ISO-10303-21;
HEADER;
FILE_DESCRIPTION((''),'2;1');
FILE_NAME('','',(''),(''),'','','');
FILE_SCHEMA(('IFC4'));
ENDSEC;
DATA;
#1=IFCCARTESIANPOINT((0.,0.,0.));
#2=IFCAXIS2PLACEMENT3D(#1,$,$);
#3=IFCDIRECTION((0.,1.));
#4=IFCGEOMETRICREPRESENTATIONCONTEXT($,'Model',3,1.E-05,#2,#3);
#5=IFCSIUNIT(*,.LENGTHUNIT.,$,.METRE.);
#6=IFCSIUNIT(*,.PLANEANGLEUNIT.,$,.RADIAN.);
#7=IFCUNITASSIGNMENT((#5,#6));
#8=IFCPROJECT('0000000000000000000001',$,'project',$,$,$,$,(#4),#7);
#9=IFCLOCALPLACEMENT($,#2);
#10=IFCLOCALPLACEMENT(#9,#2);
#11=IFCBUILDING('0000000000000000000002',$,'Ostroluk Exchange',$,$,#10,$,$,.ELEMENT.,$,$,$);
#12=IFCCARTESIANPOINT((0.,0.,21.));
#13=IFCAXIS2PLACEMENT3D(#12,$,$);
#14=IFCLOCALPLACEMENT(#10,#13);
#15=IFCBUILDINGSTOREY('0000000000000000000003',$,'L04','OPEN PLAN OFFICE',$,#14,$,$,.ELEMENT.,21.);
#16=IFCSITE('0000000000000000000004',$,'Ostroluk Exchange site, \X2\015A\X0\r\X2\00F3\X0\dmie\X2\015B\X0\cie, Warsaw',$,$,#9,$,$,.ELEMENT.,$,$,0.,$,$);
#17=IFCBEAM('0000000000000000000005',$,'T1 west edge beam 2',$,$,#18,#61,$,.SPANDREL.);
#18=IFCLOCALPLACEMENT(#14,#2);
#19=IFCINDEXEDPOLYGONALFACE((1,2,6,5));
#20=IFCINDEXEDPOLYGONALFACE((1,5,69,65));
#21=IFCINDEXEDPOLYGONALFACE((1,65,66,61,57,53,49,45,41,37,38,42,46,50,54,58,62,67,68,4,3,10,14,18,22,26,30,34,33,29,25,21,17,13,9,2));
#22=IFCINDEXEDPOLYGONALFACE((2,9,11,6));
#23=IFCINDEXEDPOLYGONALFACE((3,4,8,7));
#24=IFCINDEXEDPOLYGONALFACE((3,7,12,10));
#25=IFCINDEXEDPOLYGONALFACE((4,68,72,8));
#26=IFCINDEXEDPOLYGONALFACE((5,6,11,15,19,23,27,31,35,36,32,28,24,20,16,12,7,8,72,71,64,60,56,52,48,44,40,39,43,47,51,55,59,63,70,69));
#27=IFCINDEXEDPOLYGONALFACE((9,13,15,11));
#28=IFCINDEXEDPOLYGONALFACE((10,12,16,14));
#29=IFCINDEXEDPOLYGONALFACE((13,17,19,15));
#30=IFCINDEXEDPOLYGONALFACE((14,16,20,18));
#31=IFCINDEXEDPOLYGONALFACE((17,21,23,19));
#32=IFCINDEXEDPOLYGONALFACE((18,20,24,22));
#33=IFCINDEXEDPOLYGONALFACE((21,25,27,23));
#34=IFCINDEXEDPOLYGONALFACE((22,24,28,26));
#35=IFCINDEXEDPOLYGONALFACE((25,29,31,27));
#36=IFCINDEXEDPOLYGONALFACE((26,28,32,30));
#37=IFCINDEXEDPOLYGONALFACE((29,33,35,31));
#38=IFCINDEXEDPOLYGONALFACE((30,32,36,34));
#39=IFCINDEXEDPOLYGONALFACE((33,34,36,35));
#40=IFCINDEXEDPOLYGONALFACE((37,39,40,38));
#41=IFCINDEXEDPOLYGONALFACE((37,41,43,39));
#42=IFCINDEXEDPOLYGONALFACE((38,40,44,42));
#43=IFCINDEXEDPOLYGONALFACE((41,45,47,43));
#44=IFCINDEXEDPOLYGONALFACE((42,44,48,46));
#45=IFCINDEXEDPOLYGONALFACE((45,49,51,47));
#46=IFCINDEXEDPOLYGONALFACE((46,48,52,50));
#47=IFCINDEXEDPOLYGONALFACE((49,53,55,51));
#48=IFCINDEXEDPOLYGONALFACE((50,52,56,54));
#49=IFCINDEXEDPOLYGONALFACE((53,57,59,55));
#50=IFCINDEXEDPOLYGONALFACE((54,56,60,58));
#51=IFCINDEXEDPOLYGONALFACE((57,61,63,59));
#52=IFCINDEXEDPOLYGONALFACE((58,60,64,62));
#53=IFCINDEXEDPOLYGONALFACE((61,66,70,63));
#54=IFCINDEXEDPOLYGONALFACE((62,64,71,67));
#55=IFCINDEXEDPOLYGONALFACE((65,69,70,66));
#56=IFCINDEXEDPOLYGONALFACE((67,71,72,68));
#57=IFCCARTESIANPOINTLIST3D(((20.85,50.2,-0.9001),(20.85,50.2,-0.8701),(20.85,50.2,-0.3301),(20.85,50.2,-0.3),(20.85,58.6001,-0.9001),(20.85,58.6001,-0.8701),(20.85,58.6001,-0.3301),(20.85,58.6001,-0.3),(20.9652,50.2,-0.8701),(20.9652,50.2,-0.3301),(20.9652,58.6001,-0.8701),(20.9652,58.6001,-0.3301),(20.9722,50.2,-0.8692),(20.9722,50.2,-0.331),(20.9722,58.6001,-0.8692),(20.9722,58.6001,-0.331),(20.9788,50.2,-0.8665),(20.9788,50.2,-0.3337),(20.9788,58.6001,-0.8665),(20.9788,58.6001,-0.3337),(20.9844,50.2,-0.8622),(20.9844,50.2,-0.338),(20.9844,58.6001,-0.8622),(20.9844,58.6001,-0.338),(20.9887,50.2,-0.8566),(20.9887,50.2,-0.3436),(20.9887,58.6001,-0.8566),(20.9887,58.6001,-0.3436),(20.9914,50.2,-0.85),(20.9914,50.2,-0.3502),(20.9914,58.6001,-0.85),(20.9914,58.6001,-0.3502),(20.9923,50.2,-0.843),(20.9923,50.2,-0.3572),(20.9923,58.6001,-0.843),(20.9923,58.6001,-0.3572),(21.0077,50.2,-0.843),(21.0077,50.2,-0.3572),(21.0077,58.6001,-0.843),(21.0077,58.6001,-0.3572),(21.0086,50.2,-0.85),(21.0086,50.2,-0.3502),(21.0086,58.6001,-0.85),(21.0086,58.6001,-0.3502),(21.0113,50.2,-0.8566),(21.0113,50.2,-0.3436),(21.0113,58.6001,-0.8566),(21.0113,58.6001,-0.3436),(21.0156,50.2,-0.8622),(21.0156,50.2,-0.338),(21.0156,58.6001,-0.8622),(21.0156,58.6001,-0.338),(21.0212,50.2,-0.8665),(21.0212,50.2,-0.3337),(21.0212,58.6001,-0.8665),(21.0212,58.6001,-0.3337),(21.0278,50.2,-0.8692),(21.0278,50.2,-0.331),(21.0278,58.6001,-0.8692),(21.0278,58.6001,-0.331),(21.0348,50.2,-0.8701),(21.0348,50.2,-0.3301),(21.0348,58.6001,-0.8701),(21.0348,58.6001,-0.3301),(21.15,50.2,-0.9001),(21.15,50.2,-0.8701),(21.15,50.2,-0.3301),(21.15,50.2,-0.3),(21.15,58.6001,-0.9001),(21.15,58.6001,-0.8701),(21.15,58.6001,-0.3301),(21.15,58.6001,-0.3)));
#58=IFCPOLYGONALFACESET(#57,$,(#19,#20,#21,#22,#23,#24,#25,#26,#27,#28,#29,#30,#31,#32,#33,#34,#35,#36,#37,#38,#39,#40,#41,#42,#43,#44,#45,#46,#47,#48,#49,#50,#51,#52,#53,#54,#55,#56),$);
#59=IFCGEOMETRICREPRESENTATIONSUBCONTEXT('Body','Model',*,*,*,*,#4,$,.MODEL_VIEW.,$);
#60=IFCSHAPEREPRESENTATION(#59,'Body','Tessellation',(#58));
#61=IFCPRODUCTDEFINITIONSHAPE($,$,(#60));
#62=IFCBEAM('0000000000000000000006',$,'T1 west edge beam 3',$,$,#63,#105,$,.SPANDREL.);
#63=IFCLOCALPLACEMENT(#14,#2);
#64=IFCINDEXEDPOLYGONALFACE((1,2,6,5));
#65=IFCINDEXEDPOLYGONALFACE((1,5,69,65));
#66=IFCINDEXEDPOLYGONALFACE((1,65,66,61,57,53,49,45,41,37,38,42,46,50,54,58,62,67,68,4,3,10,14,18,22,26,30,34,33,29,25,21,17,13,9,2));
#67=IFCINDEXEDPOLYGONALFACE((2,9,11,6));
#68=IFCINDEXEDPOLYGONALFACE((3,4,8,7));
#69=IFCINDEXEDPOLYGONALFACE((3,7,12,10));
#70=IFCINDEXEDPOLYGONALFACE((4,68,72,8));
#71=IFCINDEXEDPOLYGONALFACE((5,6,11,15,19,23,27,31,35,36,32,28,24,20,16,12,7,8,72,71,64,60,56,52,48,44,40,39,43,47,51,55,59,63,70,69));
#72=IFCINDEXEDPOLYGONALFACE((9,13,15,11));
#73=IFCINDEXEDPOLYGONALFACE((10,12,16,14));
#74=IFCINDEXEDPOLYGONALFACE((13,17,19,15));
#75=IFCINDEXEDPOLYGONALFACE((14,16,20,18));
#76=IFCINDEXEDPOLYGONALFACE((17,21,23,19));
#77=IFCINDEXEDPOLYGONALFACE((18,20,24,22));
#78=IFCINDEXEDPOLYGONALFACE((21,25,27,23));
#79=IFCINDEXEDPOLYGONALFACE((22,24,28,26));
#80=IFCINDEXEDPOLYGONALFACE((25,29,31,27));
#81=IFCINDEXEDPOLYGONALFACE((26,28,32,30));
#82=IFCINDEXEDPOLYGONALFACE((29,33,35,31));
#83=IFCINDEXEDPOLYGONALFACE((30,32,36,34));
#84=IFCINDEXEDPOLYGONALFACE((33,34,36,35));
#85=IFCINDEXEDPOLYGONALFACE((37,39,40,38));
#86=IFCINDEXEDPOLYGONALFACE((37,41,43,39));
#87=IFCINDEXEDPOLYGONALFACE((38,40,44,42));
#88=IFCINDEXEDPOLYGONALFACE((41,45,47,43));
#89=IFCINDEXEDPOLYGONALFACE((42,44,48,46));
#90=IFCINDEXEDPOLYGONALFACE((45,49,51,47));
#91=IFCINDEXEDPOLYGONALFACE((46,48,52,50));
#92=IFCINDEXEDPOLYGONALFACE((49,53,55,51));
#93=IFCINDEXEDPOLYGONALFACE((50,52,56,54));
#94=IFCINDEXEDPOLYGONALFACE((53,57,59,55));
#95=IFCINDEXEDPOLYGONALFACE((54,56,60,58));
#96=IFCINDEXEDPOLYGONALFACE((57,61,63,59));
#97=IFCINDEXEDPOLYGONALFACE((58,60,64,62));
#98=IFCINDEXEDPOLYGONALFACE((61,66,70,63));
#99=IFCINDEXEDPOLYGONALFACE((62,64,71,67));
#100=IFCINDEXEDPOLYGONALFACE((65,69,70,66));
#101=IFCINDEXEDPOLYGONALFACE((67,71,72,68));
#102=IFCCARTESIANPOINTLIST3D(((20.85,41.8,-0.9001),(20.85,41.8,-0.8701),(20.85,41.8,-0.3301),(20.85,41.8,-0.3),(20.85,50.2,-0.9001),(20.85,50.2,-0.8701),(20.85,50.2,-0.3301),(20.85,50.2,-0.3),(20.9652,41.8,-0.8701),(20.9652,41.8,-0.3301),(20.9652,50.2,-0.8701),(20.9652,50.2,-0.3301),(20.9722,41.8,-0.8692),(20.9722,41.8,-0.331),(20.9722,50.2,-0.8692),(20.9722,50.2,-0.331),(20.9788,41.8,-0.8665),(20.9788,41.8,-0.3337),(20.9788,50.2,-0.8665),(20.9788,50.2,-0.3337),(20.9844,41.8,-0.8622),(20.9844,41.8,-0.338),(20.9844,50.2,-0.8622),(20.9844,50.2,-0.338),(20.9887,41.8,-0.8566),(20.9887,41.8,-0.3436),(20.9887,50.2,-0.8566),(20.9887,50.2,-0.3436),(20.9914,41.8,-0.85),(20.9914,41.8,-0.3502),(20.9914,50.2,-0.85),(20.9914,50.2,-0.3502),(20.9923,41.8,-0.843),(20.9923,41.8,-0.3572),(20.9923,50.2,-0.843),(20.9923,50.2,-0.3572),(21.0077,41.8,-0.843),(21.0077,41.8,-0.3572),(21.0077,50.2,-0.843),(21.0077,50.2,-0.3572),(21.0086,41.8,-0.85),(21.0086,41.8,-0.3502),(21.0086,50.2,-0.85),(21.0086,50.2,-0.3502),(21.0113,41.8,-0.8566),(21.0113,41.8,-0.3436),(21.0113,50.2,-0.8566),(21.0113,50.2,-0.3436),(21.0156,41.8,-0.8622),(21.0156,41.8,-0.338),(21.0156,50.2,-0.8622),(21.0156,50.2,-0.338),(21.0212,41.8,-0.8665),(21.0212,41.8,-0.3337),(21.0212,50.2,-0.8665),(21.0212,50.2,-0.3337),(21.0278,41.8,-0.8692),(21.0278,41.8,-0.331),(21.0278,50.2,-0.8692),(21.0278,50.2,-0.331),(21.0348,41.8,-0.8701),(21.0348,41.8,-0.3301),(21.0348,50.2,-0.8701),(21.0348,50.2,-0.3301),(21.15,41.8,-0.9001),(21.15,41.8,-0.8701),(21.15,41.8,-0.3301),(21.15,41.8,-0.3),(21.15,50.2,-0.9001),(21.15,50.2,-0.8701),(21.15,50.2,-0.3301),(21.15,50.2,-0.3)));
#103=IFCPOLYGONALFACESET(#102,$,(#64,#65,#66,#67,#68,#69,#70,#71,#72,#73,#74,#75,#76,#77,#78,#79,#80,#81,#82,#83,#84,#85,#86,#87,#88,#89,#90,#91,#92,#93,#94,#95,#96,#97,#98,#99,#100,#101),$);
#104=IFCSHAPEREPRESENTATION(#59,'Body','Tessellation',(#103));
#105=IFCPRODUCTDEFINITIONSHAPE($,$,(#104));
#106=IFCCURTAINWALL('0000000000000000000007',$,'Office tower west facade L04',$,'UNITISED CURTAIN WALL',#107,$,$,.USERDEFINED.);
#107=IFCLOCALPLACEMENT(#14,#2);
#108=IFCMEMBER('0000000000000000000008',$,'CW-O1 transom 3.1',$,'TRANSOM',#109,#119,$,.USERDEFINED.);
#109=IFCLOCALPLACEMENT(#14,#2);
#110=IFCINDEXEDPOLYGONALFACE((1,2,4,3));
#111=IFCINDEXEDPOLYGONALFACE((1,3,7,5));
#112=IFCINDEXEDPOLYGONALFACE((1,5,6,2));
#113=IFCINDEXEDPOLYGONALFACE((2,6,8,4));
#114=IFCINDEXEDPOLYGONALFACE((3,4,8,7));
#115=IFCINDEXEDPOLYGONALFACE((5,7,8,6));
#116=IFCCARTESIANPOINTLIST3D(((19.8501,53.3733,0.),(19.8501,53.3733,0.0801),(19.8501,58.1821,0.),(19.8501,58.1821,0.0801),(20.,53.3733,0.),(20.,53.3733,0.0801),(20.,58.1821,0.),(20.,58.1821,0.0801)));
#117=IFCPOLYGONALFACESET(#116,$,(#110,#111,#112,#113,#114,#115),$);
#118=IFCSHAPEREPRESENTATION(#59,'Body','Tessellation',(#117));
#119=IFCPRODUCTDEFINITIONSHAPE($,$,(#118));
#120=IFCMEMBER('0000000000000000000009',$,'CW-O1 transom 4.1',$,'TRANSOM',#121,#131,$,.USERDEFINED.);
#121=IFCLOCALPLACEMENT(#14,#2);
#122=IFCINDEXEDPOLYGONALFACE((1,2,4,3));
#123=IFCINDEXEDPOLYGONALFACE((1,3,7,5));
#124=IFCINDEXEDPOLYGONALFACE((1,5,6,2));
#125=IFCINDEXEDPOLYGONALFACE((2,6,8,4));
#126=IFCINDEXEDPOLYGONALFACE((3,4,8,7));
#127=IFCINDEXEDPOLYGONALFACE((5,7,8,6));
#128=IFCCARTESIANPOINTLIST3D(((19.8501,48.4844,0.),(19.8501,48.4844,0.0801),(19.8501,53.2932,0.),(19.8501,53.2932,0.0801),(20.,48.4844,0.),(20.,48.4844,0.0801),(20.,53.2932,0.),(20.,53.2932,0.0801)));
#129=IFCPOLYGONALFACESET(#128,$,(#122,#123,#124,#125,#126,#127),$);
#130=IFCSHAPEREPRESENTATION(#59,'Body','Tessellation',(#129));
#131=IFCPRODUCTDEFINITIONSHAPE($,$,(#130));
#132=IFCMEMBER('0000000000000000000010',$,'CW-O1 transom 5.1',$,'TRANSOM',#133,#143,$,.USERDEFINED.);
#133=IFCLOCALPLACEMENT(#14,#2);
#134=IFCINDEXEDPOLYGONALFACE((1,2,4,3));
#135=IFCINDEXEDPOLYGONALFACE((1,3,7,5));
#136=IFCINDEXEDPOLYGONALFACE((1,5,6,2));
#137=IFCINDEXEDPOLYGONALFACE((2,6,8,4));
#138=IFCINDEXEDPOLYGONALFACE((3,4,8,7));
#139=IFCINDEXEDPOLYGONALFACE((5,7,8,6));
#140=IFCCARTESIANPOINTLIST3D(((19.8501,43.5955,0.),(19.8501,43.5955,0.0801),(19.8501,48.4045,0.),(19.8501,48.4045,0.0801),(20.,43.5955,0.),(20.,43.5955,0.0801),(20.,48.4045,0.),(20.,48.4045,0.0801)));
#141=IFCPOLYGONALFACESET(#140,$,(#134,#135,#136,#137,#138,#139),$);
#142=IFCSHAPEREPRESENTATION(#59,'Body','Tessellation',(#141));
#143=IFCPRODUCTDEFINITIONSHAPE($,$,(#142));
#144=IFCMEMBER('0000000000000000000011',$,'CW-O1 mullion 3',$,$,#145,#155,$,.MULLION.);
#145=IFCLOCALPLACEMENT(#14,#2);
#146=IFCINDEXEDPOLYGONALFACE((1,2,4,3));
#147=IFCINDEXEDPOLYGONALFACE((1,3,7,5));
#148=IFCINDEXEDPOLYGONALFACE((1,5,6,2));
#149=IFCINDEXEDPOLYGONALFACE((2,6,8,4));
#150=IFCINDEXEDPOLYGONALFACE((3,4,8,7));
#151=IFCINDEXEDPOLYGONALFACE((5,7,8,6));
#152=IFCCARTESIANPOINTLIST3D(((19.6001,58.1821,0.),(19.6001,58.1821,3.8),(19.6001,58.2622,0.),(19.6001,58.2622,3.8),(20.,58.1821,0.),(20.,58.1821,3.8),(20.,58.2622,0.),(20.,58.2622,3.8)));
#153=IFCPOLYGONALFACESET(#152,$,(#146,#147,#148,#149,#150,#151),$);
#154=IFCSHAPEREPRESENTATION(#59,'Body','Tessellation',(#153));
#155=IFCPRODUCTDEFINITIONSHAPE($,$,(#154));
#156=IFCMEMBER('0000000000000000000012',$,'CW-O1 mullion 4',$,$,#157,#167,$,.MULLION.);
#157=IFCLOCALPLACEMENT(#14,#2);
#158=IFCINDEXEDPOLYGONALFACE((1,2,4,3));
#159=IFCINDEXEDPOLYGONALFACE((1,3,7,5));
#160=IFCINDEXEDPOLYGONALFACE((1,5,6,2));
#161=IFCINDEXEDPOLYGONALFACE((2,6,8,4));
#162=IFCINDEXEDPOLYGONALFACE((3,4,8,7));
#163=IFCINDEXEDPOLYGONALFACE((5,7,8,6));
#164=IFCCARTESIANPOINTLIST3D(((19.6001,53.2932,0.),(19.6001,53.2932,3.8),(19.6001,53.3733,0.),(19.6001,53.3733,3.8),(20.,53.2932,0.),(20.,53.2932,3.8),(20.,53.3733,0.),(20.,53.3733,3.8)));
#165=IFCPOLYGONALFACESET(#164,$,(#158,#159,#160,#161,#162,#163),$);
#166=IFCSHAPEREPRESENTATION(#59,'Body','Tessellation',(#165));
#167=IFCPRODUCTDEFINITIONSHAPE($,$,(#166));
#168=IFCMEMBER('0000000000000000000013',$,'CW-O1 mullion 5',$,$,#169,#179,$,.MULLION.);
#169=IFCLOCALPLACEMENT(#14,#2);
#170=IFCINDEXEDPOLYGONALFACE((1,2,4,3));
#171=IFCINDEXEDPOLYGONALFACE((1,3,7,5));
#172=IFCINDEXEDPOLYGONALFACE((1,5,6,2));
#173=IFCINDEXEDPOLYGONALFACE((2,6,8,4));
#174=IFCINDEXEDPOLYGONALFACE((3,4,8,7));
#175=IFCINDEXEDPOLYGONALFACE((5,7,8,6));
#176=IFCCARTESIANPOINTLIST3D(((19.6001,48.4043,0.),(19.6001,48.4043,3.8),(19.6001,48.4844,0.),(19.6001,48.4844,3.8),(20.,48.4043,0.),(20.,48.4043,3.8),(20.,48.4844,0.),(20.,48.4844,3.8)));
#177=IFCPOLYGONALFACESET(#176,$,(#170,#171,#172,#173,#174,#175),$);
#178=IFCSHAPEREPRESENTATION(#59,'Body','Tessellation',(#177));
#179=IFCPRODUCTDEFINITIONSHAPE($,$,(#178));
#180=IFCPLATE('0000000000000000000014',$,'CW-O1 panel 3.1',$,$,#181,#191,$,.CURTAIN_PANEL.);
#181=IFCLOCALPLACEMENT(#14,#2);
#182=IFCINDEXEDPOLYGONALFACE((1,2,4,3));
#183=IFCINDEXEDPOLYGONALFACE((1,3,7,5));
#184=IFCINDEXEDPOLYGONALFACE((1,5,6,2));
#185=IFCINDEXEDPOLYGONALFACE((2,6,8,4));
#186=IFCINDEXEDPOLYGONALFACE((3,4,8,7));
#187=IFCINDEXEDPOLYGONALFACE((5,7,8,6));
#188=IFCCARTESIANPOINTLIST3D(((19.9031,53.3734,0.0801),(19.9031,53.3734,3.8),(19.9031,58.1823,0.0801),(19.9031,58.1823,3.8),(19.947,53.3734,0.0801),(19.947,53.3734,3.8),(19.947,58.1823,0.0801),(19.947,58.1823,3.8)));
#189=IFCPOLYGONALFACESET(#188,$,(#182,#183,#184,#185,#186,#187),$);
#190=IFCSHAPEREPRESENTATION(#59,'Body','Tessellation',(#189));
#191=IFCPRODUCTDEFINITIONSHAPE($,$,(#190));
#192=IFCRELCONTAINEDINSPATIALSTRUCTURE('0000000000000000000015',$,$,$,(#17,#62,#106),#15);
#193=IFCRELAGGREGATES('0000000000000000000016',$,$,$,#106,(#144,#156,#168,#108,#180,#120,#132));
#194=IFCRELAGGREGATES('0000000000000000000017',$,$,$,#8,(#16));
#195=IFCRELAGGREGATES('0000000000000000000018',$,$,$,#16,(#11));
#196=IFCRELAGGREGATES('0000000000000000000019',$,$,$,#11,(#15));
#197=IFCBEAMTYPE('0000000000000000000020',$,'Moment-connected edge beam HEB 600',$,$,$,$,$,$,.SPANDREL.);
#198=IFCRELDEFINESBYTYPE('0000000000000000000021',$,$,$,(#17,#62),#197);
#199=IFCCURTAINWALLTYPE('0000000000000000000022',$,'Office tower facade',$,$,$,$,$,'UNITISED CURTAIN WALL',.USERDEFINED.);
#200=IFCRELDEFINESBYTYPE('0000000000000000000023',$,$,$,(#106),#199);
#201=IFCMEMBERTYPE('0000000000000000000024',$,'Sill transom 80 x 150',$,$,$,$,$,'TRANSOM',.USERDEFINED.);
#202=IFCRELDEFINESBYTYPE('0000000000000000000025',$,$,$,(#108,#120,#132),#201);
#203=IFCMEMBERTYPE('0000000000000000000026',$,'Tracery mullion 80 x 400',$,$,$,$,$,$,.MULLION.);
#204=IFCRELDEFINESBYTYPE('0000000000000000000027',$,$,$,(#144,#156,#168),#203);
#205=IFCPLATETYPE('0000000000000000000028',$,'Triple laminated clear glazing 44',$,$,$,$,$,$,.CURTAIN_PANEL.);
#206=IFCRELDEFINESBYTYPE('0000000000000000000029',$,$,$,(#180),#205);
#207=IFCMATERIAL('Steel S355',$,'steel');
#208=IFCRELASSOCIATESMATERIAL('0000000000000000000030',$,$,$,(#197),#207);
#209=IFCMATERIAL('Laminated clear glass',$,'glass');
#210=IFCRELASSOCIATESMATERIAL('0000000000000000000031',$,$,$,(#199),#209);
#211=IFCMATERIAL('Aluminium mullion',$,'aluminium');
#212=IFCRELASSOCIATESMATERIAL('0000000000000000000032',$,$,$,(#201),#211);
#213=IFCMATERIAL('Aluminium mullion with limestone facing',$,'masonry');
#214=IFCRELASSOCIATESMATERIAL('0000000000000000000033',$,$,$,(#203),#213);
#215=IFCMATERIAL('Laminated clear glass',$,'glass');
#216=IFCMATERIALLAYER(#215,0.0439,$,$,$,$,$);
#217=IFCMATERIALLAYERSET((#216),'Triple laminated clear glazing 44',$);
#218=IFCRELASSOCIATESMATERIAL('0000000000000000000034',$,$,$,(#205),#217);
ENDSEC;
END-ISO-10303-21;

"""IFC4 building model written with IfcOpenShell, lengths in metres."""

from ifc_helpers import new_model, si_unit, direction, frame, origin, origin_2d, place, context, subcontext, project, spatial, rectangle, i_section, extrude, material, layer, layer_set, material_profile, profile_set, type_object, element, aggregate, save


model = new_model("IFC4")

# Units and contexts
model_context = context("Model", 3, precision=1e-05, world=origin(), true_north=direction((0.0, 1.0)))
body_context = subcontext(model_context, "Body", "Model", "MODEL_VIEW")
ifc_project = project(units=[si_unit("LENGTHUNIT", "METRE"), si_unit("PLANEANGLEUNIT", "RADIAN")], contexts=[model_context])

# Site, building, storey
site_placement = place(None, origin())
site = spatial("IfcSite", under=ifc_project, at=site_placement, Name="Ostroluk Exchange site, Śródmieście, Warsaw", CompositionType="ELEMENT", RefElevation=0.0)
building_placement = place(site_placement, origin())
building = spatial("IfcBuilding", under=site, at=building_placement, Name="Ostroluk Exchange", CompositionType="ELEMENT")
storey_placement = place(building_placement, frame((0.0, 0.0, 21.0)))
storey = spatial("IfcBuildingStorey", under=building, at=storey_placement, Name="L04", Description="OPEN PLAN OFFICE", CompositionType="ELEMENT", Elevation=21.0)

# Beams
ifc_material_1 = material(Name="Steel S355", Category="steel")
ifc_material_profile_1 = material_profile(ifc_material_1, i_section(OverallWidth=0.3, OverallDepth=0.6001, WebThickness=0.0154, FlangeThickness=0.03, FilletRadius=0.0271, at=origin_2d()), Name="HEB 600")
ifc_profile_set_1 = profile_set([ifc_material_profile_1], Name="Steel S355")
beam_type_1 = type_object("IfcBeamType", Name="Moment-connected edge beam HEB 600", PredefinedType="SPANDREL", material=ifc_profile_set_1)
beam_1_placement = place(storey_placement, frame((21.0, 58.6001, -0.6001), z_axis=(0.0, -1.0, 0.0), x_axis=(1.0, 0.0, 0.0)))
element("IfcBeam", 1, at=beam_1_placement, inside=storey, type_object=beam_type_1, Name="T1 west edge beam 2", PredefinedType="SPANDREL", context=body_context, shape_type="SweptSolid", body=[
    extrude(i_section(OverallWidth=0.3, OverallDepth=0.6001, WebThickness=0.0154, FlangeThickness=0.03, FilletRadius=0.0271, at=origin_2d()), origin(), (0.0, 0.0, 1.0), 8.4001),
])
beam_2_placement = place(storey_placement, frame((21.0, 50.2, -0.6001), z_axis=(0.0, -1.0, 0.0), x_axis=(1.0, 0.0, 0.0)))
element("IfcBeam", 2, at=beam_2_placement, inside=storey, type_object=beam_type_1, Name="T1 west edge beam 3", PredefinedType="SPANDREL", context=body_context, shape_type="SweptSolid", body=[
    extrude(i_section(OverallWidth=0.3, OverallDepth=0.6001, WebThickness=0.0154, FlangeThickness=0.03, FilletRadius=0.0271, at=origin_2d()), origin(), (0.0, 0.0, 1.0), 8.3999),
])

# Curtain wall, members, plate
ifc_material_2 = material(Name="Laminated clear glass", Category="glass")
curtain_wall_type = type_object("IfcCurtainWallType", Name="Office tower facade", ElementType="UNITISED CURTAIN WALL", PredefinedType="USERDEFINED", material=ifc_material_2)
curtain_wall_placement = place(storey_placement, origin())
curtain_wall = element("IfcCurtainWall", 3, at=curtain_wall_placement, inside=storey, type_object=curtain_wall_type, Name="Office tower west facade L04", ObjectType="UNITISED CURTAIN WALL", PredefinedType="USERDEFINED")
ifc_material_3 = material(Name="Aluminium mullion", Category="aluminium")
ifc_material_profile_2 = material_profile(ifc_material_3, rectangle(XDim=0.1499, YDim=0.0801, at=origin_2d()), Name="Sill transom 80 x 150")
ifc_profile_set_2 = profile_set([ifc_material_profile_2], Name="Aluminium mullion")
member_type_1 = type_object("IfcMemberType", Name="Sill transom 80 x 150", ElementType="TRANSOM", PredefinedType="USERDEFINED", material=ifc_profile_set_2)
member_1_placement = place(storey_placement, frame((19.925, 58.1821, 0.04), z_axis=(0.0, -1.0, 0.0), x_axis=(1.0, 0.0, 0.0)))
member_1 = element("IfcMember", 4, at=member_1_placement, type_object=member_type_1, Name="CW-O1 transom 3.1", ObjectType="TRANSOM", PredefinedType="USERDEFINED", context=body_context, shape_type="SweptSolid", body=[
    extrude(rectangle(XDim=0.1499, YDim=0.0801, at=origin_2d()), origin(), (0.0, 0.0, 1.0), 4.8088),
])
member_2_placement = place(storey_placement, frame((19.925, 53.2932, 0.04), z_axis=(0.0, -1.0, 0.0), x_axis=(1.0, 0.0, 0.0)))
member_2 = element("IfcMember", 5, at=member_2_placement, type_object=member_type_1, Name="CW-O1 transom 4.1", ObjectType="TRANSOM", PredefinedType="USERDEFINED", context=body_context, shape_type="SweptSolid", body=[
    extrude(rectangle(XDim=0.1499, YDim=0.0801, at=origin_2d()), origin(), (0.0, 0.0, 1.0), 4.8088),
])
member_3_placement = place(storey_placement, frame((19.925, 48.4045, 0.04), z_axis=(0.0, -1.0, 0.0), x_axis=(1.0, 0.0, 0.0)))
member_3 = element("IfcMember", 6, at=member_3_placement, type_object=member_type_1, Name="CW-O1 transom 5.1", ObjectType="TRANSOM", PredefinedType="USERDEFINED", context=body_context, shape_type="SweptSolid", body=[
    extrude(rectangle(XDim=0.1499, YDim=0.0801, at=origin_2d()), origin(), (0.0, 0.0, 1.0), 4.8091),
])
ifc_material_4 = material(Name="Aluminium mullion with limestone facing", Category="masonry")
ifc_material_profile_3 = material_profile(ifc_material_4, rectangle(XDim=0.3999, YDim=0.0801, at=origin_2d()), Name="Tracery mullion 80 x 400")
ifc_profile_set_3 = profile_set([ifc_material_profile_3], Name="Aluminium mullion with limestone facing")
member_type_2 = type_object("IfcMemberType", Name="Tracery mullion 80 x 400", PredefinedType="MULLION", material=ifc_profile_set_3)
member_4_placement = place(storey_placement, frame((19.8, 58.2222, 0.0), z_axis=(0.0, 0.0, 1.0), x_axis=(1.0, 0.0, 0.0)))
member_4 = element("IfcMember", 7, at=member_4_placement, type_object=member_type_2, Name="CW-O1 mullion 3", PredefinedType="MULLION", context=body_context, shape_type="SweptSolid", body=[
    extrude(rectangle(XDim=0.3999, YDim=0.0801, at=origin_2d()), origin(), (0.0, 0.0, 1.0), 3.8),
])
member_5_placement = place(storey_placement, frame((19.8, 53.3333, 0.0), z_axis=(0.0, 0.0, 1.0), x_axis=(1.0, 0.0, 0.0)))
member_5 = element("IfcMember", 8, at=member_5_placement, type_object=member_type_2, Name="CW-O1 mullion 4", PredefinedType="MULLION", context=body_context, shape_type="SweptSolid", body=[
    extrude(rectangle(XDim=0.3999, YDim=0.0801, at=origin_2d()), origin(), (0.0, 0.0, 1.0), 3.8),
])
member_6_placement = place(storey_placement, frame((19.8, 48.4443, 0.0), z_axis=(0.0, 0.0, 1.0), x_axis=(1.0, 0.0, 0.0)))
member_6 = element("IfcMember", 9, at=member_6_placement, type_object=member_type_2, Name="CW-O1 mullion 5", PredefinedType="MULLION", context=body_context, shape_type="SweptSolid", body=[
    extrude(rectangle(XDim=0.3999, YDim=0.0801, at=origin_2d()), origin(), (0.0, 0.0, 1.0), 3.8),
])
ifc_material_5 = material(Name="Laminated clear glass", Category="glass")
ifc_layer_1 = layer(ifc_material_5, 0.0439)
ifc_layer_set_1 = layer_set([ifc_layer_1], Name="Triple laminated clear glazing 44")
plate_type = type_object("IfcPlateType", Name="Triple laminated clear glazing 44", PredefinedType="CURTAIN_PANEL", material=ifc_layer_set_1)
plate_1_placement = place(storey_placement, frame((19.925, 55.7778, 0.0801), z_axis=(0.0, 0.0, 1.0), x_axis=(0.0, -1.0, 0.0)))
plate_1 = element("IfcPlate", 10, at=plate_1_placement, type_object=plate_type, Name="CW-O1 panel 3.1", PredefinedType="CURTAIN_PANEL", context=body_context, shape_type="SweptSolid", body=[
    extrude(rectangle(XDim=4.8088, YDim=0.0439, at=origin_2d()), origin(), (0.0, 0.0, 1.0), 3.72),
])
aggregate(curtain_wall, [member_4, member_5, member_6, member_1, plate_1, member_2, member_3])

save(model, "model.ifc")
